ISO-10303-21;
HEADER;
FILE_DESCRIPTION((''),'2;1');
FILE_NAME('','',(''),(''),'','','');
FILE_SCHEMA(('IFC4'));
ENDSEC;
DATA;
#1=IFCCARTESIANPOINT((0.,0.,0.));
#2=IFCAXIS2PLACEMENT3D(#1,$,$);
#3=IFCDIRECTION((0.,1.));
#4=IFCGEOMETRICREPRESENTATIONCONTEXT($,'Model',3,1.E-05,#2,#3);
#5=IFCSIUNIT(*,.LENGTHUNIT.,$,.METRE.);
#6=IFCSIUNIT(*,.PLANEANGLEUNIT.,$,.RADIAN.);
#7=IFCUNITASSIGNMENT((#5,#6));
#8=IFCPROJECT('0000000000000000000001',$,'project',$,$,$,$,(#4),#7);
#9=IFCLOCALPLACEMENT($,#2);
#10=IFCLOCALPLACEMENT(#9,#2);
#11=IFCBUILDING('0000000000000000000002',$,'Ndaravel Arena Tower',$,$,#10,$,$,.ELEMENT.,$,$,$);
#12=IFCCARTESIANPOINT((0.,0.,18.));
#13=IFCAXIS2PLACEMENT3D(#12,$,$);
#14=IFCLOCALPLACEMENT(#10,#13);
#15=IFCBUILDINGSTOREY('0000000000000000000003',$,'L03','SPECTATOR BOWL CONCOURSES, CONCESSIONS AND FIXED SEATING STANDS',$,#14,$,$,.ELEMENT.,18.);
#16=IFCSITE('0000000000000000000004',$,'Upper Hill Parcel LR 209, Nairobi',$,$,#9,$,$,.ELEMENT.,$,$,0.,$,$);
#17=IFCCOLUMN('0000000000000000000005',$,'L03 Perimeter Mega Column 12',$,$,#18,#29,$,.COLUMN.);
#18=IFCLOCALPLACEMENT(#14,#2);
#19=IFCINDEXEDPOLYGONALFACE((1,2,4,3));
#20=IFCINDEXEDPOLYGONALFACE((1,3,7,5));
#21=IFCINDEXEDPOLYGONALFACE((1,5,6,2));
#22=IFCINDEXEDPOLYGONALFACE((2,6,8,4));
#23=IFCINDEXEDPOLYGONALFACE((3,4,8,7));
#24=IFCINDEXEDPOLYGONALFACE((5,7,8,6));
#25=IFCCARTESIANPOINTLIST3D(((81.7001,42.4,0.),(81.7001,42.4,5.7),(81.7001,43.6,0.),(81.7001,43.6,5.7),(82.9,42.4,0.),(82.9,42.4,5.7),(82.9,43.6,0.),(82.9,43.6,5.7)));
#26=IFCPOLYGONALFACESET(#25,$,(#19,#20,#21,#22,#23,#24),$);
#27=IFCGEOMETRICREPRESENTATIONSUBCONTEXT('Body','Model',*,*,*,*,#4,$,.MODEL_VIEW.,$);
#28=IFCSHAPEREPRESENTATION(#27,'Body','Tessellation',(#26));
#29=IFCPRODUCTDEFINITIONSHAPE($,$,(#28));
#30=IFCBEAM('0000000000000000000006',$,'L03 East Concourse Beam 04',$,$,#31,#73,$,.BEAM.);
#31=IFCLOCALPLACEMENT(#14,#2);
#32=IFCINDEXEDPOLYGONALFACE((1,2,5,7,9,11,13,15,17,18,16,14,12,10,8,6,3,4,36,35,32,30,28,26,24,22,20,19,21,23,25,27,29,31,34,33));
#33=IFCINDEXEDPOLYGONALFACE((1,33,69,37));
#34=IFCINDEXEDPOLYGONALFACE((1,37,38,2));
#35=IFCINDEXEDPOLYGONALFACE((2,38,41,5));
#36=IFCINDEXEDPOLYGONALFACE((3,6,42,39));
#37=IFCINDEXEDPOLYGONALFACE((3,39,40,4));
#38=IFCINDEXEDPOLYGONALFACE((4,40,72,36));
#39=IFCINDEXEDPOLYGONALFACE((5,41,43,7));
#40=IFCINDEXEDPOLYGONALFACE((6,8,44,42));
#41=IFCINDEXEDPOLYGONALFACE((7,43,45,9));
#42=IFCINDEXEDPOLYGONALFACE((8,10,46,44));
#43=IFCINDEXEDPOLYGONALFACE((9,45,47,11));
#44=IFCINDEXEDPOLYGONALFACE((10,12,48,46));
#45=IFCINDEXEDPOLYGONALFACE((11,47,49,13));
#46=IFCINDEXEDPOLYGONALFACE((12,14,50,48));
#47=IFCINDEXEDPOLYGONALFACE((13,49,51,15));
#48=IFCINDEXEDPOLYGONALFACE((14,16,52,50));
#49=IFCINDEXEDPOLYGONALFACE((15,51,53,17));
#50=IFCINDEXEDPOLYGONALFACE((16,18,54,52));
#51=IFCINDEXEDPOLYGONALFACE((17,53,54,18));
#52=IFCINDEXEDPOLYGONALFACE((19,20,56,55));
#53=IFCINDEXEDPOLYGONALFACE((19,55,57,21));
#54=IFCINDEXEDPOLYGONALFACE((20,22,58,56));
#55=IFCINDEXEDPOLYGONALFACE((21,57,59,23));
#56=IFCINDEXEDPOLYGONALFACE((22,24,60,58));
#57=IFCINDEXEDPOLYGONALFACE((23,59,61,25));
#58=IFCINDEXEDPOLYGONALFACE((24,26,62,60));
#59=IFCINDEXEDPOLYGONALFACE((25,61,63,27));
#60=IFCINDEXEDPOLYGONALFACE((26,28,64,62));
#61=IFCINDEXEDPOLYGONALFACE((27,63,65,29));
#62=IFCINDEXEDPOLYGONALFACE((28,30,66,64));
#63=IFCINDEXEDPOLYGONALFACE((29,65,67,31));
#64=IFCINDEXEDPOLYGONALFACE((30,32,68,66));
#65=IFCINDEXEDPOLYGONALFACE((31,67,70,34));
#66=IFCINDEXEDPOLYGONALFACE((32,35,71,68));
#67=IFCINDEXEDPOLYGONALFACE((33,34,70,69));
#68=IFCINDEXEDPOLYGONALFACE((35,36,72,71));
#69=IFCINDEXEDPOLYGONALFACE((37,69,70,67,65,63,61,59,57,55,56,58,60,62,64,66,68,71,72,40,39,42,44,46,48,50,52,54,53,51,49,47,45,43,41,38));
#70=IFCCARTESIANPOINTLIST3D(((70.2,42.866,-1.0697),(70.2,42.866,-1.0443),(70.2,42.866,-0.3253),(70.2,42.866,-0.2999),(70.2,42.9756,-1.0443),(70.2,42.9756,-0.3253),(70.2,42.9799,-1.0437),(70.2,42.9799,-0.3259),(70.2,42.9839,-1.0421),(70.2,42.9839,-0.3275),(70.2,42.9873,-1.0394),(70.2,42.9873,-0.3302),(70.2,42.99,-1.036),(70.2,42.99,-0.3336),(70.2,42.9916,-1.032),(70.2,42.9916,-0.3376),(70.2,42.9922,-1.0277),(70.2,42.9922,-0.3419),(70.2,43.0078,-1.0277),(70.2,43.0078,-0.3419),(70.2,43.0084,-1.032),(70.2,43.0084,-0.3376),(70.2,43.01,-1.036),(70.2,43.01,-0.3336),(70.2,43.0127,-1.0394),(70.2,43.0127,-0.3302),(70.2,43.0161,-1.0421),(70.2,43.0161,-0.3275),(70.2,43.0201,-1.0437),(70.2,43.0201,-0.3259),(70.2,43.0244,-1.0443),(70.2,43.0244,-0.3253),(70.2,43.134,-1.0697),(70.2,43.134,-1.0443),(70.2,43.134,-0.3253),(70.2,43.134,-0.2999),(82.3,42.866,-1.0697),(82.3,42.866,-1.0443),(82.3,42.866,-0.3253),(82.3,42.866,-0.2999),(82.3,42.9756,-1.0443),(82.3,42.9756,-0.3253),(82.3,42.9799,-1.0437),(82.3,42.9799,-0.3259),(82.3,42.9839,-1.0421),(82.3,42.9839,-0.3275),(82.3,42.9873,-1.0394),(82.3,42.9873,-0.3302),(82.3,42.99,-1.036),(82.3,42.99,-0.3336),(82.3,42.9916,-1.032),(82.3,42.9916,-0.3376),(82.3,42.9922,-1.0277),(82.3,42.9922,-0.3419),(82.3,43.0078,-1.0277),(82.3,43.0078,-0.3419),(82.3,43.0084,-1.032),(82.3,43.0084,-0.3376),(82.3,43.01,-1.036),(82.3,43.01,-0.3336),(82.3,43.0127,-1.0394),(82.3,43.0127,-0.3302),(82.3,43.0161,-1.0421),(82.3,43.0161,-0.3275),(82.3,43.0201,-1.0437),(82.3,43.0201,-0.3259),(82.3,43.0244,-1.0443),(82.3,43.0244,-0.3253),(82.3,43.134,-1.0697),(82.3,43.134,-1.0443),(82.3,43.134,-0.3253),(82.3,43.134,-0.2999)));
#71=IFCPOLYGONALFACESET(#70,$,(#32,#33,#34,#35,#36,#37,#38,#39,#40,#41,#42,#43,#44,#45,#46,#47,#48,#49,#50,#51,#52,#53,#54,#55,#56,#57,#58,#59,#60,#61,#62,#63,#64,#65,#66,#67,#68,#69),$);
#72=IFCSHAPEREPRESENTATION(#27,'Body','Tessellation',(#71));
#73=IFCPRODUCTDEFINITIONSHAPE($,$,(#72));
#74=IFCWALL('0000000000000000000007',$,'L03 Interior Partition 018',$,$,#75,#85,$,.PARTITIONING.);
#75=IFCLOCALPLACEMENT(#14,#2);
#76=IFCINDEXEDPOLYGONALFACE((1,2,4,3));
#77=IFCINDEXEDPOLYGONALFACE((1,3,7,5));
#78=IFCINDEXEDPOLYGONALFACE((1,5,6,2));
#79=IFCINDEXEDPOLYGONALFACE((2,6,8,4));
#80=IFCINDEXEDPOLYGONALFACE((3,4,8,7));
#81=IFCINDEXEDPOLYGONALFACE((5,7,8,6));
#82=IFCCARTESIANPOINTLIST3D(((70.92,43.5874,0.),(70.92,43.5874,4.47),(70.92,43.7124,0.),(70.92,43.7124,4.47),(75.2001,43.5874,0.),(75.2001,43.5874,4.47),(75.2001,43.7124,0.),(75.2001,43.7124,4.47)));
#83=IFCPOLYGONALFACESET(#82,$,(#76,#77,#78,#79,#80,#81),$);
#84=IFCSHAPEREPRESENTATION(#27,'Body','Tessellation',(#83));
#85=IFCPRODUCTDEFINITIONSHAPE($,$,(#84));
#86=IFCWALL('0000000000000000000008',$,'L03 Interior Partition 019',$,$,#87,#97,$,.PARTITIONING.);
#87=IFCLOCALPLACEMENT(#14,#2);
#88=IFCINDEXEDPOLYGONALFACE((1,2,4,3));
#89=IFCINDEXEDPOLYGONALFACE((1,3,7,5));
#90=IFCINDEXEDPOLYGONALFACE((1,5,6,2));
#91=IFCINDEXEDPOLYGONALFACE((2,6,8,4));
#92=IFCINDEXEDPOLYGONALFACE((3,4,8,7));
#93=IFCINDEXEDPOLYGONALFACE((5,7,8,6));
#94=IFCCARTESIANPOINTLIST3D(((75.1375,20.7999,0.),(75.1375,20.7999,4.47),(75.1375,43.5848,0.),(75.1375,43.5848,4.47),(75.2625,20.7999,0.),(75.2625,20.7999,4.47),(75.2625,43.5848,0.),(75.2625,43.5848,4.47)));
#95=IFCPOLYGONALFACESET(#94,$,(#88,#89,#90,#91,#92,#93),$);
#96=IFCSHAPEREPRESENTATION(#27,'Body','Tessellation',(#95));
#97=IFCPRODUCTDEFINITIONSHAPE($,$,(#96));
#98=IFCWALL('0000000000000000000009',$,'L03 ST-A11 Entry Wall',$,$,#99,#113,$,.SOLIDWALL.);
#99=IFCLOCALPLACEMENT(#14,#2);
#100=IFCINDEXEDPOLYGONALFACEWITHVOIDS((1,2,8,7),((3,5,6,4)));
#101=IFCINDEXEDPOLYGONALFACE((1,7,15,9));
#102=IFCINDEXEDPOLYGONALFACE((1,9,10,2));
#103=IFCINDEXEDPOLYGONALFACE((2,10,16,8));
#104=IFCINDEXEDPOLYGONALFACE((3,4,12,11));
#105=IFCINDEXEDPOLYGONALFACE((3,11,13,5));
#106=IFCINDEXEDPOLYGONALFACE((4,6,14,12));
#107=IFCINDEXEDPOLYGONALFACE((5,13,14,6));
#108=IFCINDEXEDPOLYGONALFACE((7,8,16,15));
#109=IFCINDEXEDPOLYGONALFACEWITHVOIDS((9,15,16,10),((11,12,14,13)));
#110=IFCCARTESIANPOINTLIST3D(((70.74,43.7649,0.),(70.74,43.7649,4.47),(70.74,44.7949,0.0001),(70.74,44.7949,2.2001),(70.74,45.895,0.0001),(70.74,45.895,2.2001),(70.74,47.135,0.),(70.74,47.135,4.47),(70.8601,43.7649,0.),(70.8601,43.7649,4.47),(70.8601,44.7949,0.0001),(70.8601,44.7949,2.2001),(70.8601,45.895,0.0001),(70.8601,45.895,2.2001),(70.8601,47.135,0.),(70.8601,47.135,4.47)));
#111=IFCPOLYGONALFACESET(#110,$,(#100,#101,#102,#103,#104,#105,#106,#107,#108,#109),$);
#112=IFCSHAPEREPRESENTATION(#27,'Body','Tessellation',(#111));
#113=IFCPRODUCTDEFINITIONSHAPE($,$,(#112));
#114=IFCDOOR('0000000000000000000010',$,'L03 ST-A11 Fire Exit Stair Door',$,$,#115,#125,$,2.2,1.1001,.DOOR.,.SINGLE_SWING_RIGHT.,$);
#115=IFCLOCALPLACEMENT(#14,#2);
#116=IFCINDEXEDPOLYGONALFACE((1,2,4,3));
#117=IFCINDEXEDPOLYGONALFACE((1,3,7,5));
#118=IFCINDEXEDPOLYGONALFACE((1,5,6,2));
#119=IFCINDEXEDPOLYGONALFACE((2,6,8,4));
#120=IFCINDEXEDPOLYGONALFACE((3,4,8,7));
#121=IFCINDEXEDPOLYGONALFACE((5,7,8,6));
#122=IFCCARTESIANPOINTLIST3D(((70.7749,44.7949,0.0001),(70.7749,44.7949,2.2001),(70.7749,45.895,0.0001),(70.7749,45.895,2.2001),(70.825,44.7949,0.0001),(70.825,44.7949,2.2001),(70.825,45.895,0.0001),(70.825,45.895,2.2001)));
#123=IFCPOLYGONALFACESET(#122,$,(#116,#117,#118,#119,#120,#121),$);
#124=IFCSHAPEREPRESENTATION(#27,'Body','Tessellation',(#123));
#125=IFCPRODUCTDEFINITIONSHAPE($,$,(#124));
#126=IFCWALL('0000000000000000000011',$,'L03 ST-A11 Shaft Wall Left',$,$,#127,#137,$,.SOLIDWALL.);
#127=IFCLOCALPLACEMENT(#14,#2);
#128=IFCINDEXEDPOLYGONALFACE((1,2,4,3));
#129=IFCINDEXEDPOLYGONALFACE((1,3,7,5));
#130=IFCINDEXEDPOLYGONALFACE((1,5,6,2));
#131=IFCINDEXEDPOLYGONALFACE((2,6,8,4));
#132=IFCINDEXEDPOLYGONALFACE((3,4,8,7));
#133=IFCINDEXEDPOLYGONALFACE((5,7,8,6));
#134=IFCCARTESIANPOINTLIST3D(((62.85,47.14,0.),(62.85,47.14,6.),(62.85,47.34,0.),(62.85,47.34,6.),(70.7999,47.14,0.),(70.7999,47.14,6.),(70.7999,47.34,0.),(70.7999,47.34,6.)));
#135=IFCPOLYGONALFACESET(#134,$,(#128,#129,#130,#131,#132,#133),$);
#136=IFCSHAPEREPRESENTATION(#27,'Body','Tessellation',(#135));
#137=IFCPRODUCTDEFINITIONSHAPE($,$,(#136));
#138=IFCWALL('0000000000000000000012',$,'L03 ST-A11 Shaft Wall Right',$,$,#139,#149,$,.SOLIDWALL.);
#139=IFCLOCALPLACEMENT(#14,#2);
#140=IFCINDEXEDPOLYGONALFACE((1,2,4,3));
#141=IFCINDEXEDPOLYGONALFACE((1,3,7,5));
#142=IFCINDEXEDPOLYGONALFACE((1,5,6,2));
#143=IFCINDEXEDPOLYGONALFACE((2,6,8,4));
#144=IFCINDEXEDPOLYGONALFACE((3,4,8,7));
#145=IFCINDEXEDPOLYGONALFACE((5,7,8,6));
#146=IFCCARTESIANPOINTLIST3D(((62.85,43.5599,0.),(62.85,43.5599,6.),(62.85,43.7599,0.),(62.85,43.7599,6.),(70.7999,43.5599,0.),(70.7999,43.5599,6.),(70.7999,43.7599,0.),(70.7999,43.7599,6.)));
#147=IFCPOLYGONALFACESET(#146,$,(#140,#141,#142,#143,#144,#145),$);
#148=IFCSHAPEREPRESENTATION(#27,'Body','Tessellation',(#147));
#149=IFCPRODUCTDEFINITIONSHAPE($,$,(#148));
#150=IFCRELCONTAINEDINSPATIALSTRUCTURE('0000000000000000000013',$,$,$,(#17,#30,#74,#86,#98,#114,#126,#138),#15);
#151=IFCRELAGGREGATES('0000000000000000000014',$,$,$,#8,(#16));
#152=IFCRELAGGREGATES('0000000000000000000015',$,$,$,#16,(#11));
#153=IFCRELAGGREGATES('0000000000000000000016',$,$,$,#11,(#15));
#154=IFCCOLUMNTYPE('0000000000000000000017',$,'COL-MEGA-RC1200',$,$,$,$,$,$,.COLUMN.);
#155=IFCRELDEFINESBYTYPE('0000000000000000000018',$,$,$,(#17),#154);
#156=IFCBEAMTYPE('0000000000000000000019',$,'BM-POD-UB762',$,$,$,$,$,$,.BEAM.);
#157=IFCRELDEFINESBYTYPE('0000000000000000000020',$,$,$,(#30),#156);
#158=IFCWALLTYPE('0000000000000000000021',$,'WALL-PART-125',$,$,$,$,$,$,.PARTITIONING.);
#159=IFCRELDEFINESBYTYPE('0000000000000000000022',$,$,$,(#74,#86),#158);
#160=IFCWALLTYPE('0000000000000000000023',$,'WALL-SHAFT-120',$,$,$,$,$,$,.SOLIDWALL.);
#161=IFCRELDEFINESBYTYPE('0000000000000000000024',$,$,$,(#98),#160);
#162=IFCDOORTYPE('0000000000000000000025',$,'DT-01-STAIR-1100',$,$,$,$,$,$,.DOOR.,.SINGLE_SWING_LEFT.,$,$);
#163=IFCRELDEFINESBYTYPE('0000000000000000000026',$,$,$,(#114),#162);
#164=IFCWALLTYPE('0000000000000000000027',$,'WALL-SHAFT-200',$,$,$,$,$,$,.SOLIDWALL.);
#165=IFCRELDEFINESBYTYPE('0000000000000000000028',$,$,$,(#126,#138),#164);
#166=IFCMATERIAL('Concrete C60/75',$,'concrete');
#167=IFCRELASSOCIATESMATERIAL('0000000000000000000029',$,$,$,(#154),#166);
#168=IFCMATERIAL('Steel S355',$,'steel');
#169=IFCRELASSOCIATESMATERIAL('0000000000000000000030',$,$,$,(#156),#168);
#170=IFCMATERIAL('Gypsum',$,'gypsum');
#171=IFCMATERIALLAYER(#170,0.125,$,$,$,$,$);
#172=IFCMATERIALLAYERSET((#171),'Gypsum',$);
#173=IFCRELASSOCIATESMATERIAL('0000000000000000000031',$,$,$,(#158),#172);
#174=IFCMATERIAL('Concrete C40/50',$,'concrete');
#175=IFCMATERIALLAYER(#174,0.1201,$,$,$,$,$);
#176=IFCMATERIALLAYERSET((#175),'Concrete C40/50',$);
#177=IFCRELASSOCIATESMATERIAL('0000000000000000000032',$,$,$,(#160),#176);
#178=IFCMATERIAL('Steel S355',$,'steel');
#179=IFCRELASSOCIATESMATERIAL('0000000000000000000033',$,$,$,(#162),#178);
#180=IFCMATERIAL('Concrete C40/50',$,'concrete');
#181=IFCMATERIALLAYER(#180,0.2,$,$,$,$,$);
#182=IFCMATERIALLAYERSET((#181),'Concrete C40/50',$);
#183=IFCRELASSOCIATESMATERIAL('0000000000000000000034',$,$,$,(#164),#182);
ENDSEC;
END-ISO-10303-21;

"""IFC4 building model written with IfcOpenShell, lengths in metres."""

from ifc_helpers import new_model, si_unit, direction, frame, frame_2d, origin, origin_2d, place, context, subcontext, project, spatial, rectangle, i_section, extrude, material, layer, layer_set, material_profile, profile_set, type_object, element, fill, save


model = new_model("IFC4")

# Units and contexts
model_context = context("Model", 3, precision=1e-05, world=origin(), true_north=direction((0.0, 1.0)))
body_context = subcontext(model_context, "Body", "Model", "MODEL_VIEW")
ifc_project = project(units=[si_unit("LENGTHUNIT", "METRE"), si_unit("PLANEANGLEUNIT", "RADIAN")], contexts=[model_context])

# Site, building, storey
site_placement = place(None, origin())
site = spatial("IfcSite", under=ifc_project, at=site_placement, Name="Upper Hill Parcel LR 209, Nairobi", CompositionType="ELEMENT", RefElevation=0.0)
building_placement = place(site_placement, origin())
building = spatial("IfcBuilding", under=site, at=building_placement, Name="Ndaravel Arena Tower", CompositionType="ELEMENT")
storey_placement = place(building_placement, frame((0.0, 0.0, 18.0)))
storey = spatial("IfcBuildingStorey", under=building, at=storey_placement, Name="L03", Description="SPECTATOR BOWL CONCOURSES, CONCESSIONS AND FIXED SEATING STANDS", CompositionType="ELEMENT", Elevation=18.0)

# Column
ifc_material_1 = material(Name="Concrete C60/75", Category="concrete")
ifc_material_profile_1 = material_profile(ifc_material_1, rectangle(XDim=1.2, YDim=1.2, at=origin_2d()), Name="RC 1200x1200")
ifc_profile_set_1 = profile_set([ifc_material_profile_1], Name="Concrete C60/75")
column_type = type_object("IfcColumnType", Name="COL-MEGA-RC1200", PredefinedType="COLUMN", material=ifc_profile_set_1)
column_placement = place(storey_placement, frame((82.3, 43.0, 0.0), z_axis=(0.0, 0.0, 1.0), x_axis=(1.0, 0.0, 0.0)))
element("IfcColumn", 1, at=column_placement, inside=storey, type_object=column_type, Name="L03 Perimeter Mega Column 12", PredefinedType="COLUMN", context=body_context, shape_type="SweptSolid", body=[
    extrude(rectangle(XDim=1.2, YDim=1.2, at=origin_2d()), origin(), (0.0, 0.0, 1.0), 5.7),
])

# Beam
ifc_material_2 = material(Name="Steel S355", Category="steel")
ifc_material_profile_2 = material_profile(ifc_material_2, i_section(OverallWidth=0.2681, OverallDepth=0.7698, WebThickness=0.0156, FlangeThickness=0.0254, FilletRadius=0.0166, at=origin_2d()), Name="UB 762x267x197")
ifc_profile_set_2 = profile_set([ifc_material_profile_2], Name="Steel S355")
beam_type = type_object("IfcBeamType", Name="BM-POD-UB762", PredefinedType="BEAM", material=ifc_profile_set_2)
beam_placement = place(storey_placement, frame((70.2, 43.0, -0.6848), z_axis=(1.0, 0.0, 0.0), x_axis=(0.0, 1.0, 0.0)))
element("IfcBeam", 2, at=beam_placement, inside=storey, type_object=beam_type, Name="L03 East Concourse Beam 04", PredefinedType="BEAM", context=body_context, shape_type="SweptSolid", body=[
    extrude(i_section(OverallWidth=0.2681, OverallDepth=0.7698, WebThickness=0.0156, FlangeThickness=0.0254, FilletRadius=0.0166, at=origin_2d()), origin(), (0.0, 0.0, 1.0), 12.1001),
])

# Walls
ifc_material_3 = material(Name="Gypsum", Category="gypsum")
ifc_layer_1 = layer(ifc_material_3, 0.125)
ifc_layer_set_1 = layer_set([ifc_layer_1], Name="Gypsum")
wall_type_1 = type_object("IfcWallType", Name="WALL-PART-125", PredefinedType="PARTITIONING", material=ifc_layer_set_1)
wall_1_placement = place(storey_placement, frame((70.9199, 43.6499, 0.0), z_axis=(0.0, 0.0, 1.0), x_axis=(1.0, 0.0, 0.0)))
element("IfcWall", 3, at=wall_1_placement, inside=storey, type_object=wall_type_1, Name="L03 Interior Partition 018", PredefinedType="PARTITIONING", context=body_context, shape_type="SweptSolid", body=[
    extrude(rectangle(XDim=4.28, YDim=0.125, at=frame_2d((2.1401, 0.0))), origin(), (0.0, 0.0, 1.0), 4.47),
])
wall_2_placement = place(storey_placement, frame((75.2, 43.585, 0.0), z_axis=(0.0, 0.0, 1.0), x_axis=(0.0, -1.0, 0.0)))
element("IfcWall", 4, at=wall_2_placement, inside=storey, type_object=wall_type_1, Name="L03 Interior Partition 019", PredefinedType="PARTITIONING", context=body_context, shape_type="SweptSolid", body=[
    extrude(rectangle(XDim=22.7849, YDim=0.125, at=frame_2d((11.3926, 0.0))), origin(), (0.0, 0.0, 1.0), 4.47),
])

# Wall, opening, door
ifc_material_4 = material(Name="Concrete C40/50", Category="concrete")
ifc_layer_2 = layer(ifc_material_4, 0.1201)
ifc_layer_set_2 = layer_set([ifc_layer_2], Name="Concrete C40/50")
wall_type_2 = type_object("IfcWallType", Name="WALL-SHAFT-120", PredefinedType="SOLIDWALL", material=ifc_layer_set_2)
wall_3_placement = place(storey_placement, frame((70.8, 47.135, 0.0), z_axis=(0.0, 0.0, 1.0), x_axis=(0.0, -1.0, 0.0)))
wall_3 = element("IfcWall", 5, at=wall_3_placement, inside=storey, type_object=wall_type_2, Name="L03 ST-A11 Entry Wall", PredefinedType="SOLIDWALL", context=body_context, shape_type="SweptSolid", body=[
    extrude(rectangle(XDim=3.3701, YDim=0.1201, at=frame_2d((1.6851, 0.0))), origin(), (0.0, 0.0, 1.0), 4.47),
])
opening_1_placement = place(wall_3_placement, frame((1.24, 0.0, 0.0)))
opening_1 = element("IfcOpeningElement", 6, at=opening_1_placement, cuts=wall_3, PredefinedType="OPENING", context=body_context, shape_type="SweptSolid", body=[
    extrude(rectangle(XDim=1.1001, YDim=2.2, at=frame_2d((0.55, 1.1001))), frame((0.0, 0.0601, 0.0), z_axis=(0.0, -1.0, 0.0), x_axis=(1.0, 0.0, 0.0)), (0.0, 0.0, 1.0), 0.1201),
])
ifc_material_5 = material(Name="Steel S355", Category="steel")
door_type = type_object("IfcDoorType", Name="DT-01-STAIR-1100", OperationType="SINGLE_SWING_LEFT", PredefinedType="DOOR", material=ifc_material_5)
door_placement = place(opening_1_placement, origin())
door = element("IfcDoor", 7, at=door_placement, inside=storey, type_object=door_type, Name="L03 ST-A11 Fire Exit Stair Door", OperationType="SINGLE_SWING_RIGHT", OverallHeight=2.2, OverallWidth=1.1001, PredefinedType="DOOR", context=body_context, shape_type="SweptSolid", body=[
    extrude(rectangle(XDim=1.1001, YDim=2.2, at=frame_2d((0.55, 1.1001))), frame((0.0, 0.0249, 0.0), z_axis=(0.0, -1.0, 0.0), x_axis=(1.0, 0.0, 0.0)), (0.0, 0.0, 1.0), 0.05),
])
fill(opening_1, door)

# Walls
ifc_material_6 = material(Name="Concrete C40/50", Category="concrete")
ifc_layer_3 = layer(ifc_material_6, 0.2)
ifc_layer_set_3 = layer_set([ifc_layer_3], Name="Concrete C40/50")
wall_type_3 = type_object("IfcWallType", Name="WALL-SHAFT-200", PredefinedType="SOLIDWALL", material=ifc_layer_set_3)
for number, where, z_axis, x_axis, name in (
    (8, (70.8, 47.24, 0.0), (0.0, 0.0, 1.0), (-1.0, 0.0, 0.0), "L03 ST-A11 Shaft Wall Left"),
    (9, (70.8, 43.6599, 0.0), (0.0, 0.0, 1.0), (-1.0, 0.0, 0.0), "L03 ST-A11 Shaft Wall Right"),
):
    element("IfcWall", number, at=place(storey_placement, frame(where, z_axis=z_axis, x_axis=x_axis)), inside=storey, type_object=wall_type_3, Name=name, PredefinedType="SOLIDWALL", context=body_context, shape_type="SweptSolid", body=[
        extrude(rectangle(XDim=7.95, YDim=0.2, at=frame_2d((3.9751, 0.0))), origin(), (0.0, 0.0, 1.0), 6.0),
    ])

save(model, "model.ifc")
